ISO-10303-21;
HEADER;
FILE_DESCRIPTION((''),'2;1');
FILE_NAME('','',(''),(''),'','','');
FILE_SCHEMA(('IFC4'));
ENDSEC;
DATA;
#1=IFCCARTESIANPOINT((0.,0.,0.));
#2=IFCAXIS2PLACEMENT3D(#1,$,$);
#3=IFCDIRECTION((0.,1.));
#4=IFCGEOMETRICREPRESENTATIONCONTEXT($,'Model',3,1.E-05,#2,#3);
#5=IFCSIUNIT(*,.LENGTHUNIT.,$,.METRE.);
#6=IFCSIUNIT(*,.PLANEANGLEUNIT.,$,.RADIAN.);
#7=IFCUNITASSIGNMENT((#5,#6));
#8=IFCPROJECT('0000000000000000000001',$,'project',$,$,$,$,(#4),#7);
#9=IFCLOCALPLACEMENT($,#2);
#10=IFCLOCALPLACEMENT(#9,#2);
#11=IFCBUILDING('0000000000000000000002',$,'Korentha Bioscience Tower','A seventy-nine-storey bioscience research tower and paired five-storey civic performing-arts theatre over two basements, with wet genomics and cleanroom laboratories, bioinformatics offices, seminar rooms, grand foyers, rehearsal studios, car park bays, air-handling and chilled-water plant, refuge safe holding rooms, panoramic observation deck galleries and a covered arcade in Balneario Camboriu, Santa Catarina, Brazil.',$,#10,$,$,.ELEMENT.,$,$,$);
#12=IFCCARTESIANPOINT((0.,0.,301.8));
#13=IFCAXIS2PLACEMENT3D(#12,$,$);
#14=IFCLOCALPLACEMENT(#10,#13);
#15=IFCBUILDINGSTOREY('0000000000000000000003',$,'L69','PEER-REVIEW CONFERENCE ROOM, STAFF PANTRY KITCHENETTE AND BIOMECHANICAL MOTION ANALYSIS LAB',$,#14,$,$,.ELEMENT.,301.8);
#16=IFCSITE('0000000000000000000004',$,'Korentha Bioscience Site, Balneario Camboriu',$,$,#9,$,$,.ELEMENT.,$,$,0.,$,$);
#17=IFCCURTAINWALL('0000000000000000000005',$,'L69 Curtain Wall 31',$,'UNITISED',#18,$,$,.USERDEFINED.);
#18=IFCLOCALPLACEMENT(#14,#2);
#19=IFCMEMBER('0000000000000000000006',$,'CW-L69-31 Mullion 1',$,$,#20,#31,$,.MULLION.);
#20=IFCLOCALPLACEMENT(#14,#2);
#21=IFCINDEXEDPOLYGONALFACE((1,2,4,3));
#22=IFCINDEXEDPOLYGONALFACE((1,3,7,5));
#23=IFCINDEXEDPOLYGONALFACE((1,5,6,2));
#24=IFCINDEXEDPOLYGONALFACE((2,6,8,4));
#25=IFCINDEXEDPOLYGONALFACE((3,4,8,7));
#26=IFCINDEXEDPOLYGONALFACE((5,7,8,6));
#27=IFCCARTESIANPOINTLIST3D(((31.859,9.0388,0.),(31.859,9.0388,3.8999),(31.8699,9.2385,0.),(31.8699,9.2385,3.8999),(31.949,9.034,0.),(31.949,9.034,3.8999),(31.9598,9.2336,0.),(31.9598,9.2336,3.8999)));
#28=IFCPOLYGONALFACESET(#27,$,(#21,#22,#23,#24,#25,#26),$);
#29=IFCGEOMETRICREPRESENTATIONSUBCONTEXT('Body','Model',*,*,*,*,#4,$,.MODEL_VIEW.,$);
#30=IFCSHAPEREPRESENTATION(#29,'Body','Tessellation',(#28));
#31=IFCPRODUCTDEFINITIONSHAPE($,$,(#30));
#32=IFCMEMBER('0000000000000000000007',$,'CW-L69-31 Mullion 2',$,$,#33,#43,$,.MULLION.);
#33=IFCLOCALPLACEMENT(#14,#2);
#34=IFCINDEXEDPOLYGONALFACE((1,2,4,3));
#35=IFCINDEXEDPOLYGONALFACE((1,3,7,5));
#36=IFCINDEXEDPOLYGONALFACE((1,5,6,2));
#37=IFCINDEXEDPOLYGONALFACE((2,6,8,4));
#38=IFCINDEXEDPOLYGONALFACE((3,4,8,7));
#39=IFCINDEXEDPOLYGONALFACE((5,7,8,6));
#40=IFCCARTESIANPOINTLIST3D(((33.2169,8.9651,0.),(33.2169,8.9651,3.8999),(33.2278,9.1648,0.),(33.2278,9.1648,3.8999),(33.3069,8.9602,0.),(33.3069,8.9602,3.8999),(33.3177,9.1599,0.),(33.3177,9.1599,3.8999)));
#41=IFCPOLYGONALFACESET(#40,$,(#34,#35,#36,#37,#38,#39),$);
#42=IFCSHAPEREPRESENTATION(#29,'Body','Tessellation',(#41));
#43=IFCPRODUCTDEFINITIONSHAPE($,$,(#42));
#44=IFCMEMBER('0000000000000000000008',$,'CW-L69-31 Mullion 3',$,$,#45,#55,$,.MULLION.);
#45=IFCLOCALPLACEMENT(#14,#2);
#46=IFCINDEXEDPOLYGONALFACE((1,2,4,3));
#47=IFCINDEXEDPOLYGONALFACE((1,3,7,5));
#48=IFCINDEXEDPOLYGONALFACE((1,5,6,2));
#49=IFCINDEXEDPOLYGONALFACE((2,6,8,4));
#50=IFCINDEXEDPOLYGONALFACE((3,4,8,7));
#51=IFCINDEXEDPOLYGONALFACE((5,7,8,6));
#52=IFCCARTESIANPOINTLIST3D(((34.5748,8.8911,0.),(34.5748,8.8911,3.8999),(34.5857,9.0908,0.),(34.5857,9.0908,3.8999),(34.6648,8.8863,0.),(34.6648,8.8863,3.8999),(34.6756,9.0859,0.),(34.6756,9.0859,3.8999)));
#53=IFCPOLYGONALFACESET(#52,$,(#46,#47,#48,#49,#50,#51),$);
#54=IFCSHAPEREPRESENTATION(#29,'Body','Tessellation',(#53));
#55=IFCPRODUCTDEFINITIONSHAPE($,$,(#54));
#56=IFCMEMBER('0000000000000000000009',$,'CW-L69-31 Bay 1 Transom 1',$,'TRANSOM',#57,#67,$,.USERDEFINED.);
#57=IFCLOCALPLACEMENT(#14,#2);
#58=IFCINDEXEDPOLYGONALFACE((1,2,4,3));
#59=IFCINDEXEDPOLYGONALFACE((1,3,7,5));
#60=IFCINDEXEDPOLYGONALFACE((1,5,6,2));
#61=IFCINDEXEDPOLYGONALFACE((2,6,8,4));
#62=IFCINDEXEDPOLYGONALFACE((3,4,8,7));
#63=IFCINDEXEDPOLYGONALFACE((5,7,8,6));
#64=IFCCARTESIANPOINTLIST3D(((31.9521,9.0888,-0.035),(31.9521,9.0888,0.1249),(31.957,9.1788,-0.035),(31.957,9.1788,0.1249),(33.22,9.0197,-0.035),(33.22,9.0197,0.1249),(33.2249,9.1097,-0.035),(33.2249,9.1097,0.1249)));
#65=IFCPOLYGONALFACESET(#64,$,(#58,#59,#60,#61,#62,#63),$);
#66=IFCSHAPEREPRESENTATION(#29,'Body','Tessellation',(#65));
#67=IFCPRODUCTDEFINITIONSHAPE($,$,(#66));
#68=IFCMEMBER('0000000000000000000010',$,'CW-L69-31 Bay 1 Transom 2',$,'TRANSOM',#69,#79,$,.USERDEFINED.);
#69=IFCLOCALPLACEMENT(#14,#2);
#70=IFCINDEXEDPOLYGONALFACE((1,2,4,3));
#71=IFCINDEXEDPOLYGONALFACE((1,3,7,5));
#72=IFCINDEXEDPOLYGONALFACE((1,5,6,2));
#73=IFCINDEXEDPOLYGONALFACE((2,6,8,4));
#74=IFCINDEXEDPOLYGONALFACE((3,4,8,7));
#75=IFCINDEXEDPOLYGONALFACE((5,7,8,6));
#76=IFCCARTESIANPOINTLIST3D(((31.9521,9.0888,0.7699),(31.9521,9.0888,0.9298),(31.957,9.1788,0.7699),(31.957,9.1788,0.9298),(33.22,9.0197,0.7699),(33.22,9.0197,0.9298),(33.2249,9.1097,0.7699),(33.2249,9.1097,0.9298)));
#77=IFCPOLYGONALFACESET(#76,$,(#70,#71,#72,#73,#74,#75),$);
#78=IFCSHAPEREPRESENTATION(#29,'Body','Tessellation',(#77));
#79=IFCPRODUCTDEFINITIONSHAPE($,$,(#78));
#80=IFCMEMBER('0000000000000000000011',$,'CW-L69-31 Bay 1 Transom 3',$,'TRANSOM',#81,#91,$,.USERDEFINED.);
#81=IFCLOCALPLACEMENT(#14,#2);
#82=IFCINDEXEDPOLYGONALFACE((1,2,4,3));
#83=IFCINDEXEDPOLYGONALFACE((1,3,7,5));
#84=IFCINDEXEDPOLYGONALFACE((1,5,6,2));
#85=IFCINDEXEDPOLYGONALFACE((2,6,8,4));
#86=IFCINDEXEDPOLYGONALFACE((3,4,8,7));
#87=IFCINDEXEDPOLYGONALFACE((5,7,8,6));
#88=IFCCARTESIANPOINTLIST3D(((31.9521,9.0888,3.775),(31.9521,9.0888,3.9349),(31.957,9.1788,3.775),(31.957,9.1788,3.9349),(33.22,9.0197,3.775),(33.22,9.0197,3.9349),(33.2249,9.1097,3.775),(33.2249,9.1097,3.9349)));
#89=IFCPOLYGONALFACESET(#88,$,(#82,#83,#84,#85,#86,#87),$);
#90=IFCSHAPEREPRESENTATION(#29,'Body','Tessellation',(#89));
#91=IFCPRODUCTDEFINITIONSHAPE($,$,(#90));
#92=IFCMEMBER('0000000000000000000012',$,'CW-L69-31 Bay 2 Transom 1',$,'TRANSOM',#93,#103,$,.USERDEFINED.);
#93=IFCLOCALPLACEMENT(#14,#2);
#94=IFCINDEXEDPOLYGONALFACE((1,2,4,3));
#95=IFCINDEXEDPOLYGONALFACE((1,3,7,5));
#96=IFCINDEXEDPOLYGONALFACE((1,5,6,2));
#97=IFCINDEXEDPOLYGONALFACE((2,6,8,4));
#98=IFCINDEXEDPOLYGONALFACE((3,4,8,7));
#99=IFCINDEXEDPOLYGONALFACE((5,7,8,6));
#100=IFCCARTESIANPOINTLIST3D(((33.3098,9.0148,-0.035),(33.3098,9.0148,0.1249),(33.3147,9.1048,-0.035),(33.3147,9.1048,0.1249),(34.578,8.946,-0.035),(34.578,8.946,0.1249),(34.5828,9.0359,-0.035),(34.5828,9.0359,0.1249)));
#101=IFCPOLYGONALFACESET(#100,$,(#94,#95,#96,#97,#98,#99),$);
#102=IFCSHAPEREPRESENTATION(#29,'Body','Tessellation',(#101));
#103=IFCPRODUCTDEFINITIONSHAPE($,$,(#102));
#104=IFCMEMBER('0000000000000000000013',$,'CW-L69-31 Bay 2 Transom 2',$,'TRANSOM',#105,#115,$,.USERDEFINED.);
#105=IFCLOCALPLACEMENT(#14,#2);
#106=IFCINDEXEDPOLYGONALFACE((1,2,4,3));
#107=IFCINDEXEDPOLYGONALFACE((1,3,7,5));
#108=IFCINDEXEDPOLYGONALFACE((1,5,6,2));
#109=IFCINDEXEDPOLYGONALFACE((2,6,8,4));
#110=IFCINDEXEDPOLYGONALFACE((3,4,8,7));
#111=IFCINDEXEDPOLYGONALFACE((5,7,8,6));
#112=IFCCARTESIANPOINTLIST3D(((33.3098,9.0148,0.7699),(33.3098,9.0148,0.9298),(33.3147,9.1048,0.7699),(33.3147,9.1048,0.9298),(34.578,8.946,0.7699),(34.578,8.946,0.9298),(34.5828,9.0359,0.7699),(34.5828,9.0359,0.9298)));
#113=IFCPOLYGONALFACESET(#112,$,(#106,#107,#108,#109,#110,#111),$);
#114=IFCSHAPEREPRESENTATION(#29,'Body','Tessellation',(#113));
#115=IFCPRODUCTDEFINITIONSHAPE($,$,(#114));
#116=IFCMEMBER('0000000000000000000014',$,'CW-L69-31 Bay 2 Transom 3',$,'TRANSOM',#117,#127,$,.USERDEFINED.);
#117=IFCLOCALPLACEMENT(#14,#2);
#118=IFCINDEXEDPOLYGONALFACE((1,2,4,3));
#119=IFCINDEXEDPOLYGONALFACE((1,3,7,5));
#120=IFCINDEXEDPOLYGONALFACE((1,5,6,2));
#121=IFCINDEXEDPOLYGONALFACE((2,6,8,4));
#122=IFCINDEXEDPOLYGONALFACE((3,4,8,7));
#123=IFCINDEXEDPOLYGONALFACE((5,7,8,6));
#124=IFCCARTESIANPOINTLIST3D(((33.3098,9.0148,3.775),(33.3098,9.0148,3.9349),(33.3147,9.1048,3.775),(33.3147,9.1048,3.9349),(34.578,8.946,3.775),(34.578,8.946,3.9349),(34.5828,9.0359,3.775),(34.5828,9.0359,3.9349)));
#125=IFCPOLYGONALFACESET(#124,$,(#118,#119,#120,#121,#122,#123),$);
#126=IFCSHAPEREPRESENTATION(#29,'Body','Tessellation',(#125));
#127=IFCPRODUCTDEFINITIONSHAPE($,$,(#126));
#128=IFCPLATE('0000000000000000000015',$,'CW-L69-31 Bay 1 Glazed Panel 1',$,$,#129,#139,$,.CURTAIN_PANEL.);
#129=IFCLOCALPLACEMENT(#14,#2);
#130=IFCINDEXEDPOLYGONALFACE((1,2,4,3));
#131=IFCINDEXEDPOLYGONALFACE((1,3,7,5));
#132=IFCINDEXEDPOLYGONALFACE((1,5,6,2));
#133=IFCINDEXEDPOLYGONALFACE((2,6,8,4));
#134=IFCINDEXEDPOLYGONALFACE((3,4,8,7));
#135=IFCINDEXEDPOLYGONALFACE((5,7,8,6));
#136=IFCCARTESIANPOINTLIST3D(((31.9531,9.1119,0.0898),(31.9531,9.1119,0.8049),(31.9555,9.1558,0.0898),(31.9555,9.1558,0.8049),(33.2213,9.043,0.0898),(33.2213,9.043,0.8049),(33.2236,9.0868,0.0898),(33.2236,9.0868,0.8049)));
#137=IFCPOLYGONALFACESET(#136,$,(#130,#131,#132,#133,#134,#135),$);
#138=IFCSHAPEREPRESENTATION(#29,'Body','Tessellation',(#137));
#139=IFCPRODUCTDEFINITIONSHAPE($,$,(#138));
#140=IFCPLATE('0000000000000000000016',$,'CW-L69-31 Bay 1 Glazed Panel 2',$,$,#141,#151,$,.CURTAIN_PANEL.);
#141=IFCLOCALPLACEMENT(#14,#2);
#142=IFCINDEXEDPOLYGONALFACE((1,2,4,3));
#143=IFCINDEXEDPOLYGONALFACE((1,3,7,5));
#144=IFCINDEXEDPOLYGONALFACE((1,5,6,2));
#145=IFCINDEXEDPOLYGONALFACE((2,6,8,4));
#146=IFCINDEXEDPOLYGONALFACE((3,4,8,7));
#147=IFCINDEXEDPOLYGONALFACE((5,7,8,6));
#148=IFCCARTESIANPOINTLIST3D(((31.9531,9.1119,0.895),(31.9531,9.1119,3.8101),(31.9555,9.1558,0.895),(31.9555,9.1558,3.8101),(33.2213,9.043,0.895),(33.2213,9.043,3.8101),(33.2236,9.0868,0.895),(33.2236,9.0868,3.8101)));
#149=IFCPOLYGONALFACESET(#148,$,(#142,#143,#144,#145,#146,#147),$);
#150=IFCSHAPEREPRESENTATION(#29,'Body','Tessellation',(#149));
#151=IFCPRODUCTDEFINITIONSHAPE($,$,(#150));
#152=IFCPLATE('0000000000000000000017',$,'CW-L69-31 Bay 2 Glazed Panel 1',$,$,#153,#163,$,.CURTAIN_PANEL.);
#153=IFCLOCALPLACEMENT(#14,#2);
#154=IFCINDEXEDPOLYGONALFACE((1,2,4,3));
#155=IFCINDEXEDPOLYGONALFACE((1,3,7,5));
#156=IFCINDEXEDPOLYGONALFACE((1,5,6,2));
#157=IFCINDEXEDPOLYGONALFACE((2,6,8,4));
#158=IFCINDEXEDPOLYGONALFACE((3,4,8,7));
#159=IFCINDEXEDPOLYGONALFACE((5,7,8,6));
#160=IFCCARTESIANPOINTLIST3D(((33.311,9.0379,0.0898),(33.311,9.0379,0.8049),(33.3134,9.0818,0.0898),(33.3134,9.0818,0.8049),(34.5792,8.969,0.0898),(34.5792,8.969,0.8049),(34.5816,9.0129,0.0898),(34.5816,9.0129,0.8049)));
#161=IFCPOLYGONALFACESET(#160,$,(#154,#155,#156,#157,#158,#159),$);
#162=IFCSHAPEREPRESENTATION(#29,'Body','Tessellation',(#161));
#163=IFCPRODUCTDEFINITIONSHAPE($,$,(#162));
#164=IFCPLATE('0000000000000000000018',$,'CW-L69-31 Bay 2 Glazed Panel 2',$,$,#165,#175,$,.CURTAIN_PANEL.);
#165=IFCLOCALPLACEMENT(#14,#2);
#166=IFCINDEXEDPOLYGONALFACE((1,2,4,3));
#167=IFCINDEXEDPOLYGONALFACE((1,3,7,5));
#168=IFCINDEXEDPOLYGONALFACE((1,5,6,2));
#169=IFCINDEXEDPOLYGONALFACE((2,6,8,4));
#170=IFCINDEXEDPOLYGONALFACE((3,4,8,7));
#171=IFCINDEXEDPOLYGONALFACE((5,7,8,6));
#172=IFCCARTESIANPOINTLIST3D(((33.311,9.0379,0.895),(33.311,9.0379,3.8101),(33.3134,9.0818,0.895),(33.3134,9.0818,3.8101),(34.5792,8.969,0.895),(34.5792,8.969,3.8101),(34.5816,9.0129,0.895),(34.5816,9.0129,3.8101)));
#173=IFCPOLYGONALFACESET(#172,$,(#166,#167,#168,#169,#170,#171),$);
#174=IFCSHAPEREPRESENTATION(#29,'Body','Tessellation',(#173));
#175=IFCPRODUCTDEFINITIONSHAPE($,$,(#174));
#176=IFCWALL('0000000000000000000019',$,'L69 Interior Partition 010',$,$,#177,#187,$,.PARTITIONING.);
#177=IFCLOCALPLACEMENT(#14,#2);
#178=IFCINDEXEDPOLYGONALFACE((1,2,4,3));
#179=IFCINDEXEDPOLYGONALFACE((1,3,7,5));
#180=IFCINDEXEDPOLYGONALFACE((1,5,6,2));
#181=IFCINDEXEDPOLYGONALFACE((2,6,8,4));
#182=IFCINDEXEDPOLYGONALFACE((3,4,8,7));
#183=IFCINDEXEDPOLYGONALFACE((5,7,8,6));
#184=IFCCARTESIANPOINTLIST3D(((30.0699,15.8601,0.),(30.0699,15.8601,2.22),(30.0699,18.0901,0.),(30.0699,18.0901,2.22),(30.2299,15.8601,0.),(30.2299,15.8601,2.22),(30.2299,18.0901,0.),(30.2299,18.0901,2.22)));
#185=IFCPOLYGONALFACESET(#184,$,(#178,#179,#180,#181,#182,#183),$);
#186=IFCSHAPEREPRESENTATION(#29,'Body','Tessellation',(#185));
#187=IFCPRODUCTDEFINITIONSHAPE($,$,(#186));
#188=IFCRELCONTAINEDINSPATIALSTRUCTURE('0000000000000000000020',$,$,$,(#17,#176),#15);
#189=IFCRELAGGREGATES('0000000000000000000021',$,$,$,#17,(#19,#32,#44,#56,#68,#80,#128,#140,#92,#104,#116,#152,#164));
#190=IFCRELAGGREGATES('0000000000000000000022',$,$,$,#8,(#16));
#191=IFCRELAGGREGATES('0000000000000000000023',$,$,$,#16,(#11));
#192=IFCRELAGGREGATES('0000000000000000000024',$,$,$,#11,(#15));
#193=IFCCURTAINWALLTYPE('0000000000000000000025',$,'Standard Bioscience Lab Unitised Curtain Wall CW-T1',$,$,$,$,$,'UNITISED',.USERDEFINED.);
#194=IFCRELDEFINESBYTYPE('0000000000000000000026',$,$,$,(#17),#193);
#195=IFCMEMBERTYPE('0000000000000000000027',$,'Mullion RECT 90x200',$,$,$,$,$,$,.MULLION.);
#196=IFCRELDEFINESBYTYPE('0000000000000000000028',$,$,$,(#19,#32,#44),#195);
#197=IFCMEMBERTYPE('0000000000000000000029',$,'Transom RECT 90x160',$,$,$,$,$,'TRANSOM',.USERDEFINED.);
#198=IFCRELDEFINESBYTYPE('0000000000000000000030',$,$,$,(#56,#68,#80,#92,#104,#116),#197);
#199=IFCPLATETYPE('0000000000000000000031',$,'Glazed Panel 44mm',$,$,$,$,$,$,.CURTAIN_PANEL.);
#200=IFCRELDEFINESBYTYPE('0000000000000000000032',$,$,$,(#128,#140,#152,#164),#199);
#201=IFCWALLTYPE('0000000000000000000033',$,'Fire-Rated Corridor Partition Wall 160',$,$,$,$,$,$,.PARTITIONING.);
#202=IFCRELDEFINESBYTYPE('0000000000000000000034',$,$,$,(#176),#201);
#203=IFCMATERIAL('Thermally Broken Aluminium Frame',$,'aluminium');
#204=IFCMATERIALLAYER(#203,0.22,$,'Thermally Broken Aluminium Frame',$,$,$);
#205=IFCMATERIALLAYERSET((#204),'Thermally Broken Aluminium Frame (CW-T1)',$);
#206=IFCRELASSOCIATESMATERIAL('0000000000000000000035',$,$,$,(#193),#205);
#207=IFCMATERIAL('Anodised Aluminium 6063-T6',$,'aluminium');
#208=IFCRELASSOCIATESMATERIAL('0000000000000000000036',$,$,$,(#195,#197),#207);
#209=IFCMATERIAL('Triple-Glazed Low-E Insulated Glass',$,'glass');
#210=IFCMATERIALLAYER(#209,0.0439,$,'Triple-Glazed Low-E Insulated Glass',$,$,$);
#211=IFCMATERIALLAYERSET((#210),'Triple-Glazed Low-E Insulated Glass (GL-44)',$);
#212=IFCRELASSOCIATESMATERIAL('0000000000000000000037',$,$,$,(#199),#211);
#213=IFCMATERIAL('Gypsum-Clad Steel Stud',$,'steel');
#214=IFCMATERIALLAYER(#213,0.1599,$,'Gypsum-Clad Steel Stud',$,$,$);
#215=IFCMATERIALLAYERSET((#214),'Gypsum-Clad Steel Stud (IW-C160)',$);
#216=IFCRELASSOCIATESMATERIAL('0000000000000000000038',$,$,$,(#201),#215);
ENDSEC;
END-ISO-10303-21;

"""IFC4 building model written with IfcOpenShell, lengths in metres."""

from ifc_helpers import new_model, si_unit, direction, frame, frame_2d, origin, origin_2d, place, context, subcontext, project, spatial, rectangle, extrude, material, layer, layer_set, material_profile, profile_set, type_object, element, aggregate, save


model = new_model("IFC4")

# Units and contexts
model_context = context("Model", 3, precision=1e-05, world=origin(), true_north=direction((0.0, 1.0)))
body_context = subcontext(model_context, "Body", "Model", "MODEL_VIEW")
ifc_project = project(units=[si_unit("LENGTHUNIT", "METRE"), si_unit("PLANEANGLEUNIT", "RADIAN")], contexts=[model_context])

# Site, building, storey
site_placement = place(None, origin())
site = spatial("IfcSite", under=ifc_project, at=site_placement, Name="Korentha Bioscience Site, Balneario Camboriu", CompositionType="ELEMENT", RefElevation=0.0)
building_placement = place(site_placement, origin())
building = spatial("IfcBuilding", under=site, at=building_placement, Name="Korentha Bioscience Tower", Description="A seventy-nine-storey bioscience research tower and paired five-storey civic performing-arts theatre over two basements, with wet genomics and cleanroom laboratories, bioinformatics offices, seminar rooms, grand foyers, rehearsal studios, car park bays, air-handling and chilled-water plant, refuge safe holding rooms, panoramic observation deck galleries and a covered arcade in Balneario Camboriu, Santa Catarina, Brazil.", CompositionType="ELEMENT")
storey_placement = place(building_placement, frame((0.0, 0.0, 301.8)))
storey = spatial("IfcBuildingStorey", under=building, at=storey_placement, Name="L69", Description="PEER-REVIEW CONFERENCE ROOM, STAFF PANTRY KITCHENETTE AND BIOMECHANICAL MOTION ANALYSIS LAB", CompositionType="ELEMENT", Elevation=301.8)

# Curtain wall, members, plates
ifc_material_1 = material(Name="Thermally Broken Aluminium Frame", Category="aluminium")
ifc_layer_1 = layer(ifc_material_1, 0.22, Name="Thermally Broken Aluminium Frame")
ifc_layer_set_1 = layer_set([ifc_layer_1], Name="Thermally Broken Aluminium Frame (CW-T1)")
curtain_wall_type = type_object("IfcCurtainWallType", Name="Standard Bioscience Lab Unitised Curtain Wall CW-T1", ElementType="UNITISED", PredefinedType="USERDEFINED", material=ifc_layer_set_1)
curtain_wall_placement = place(storey_placement, origin())
curtain_wall = element("IfcCurtainWall", 1, at=curtain_wall_placement, inside=storey, type_object=curtain_wall_type, Name="L69 Curtain Wall 31", ObjectType="UNITISED", PredefinedType="USERDEFINED")
ifc_material_2 = material(Name="Anodised Aluminium 6063-T6", Category="aluminium")
ifc_material_profile_1 = material_profile(ifc_material_2, rectangle(XDim=0.0901, YDim=0.2, at=origin_2d()), Name="Anodised Aluminium 6063-T6")
ifc_profile_set_1 = profile_set([ifc_material_profile_1], Name="Anodised Aluminium 6063-T6 (CW-MUL)")
member_type_1 = type_object("IfcMemberType", Name="Mullion RECT 90x200", PredefinedType="MULLION", material=ifc_profile_set_1)
member_1_placement = place(storey_placement, frame((31.9094, 9.1362, 0.0), z_axis=(0.0, 0.0, 1.0), x_axis=(0.998526, -0.054275, 0.0)))
member_1 = element("IfcMember", 2, at=member_1_placement, type_object=member_type_1, Name="CW-L69-31 Mullion 1", PredefinedType="MULLION", context=body_context, shape_type="SweptSolid", body=[
    extrude(rectangle(XDim=0.0901, YDim=0.2, at=origin_2d()), origin(), (0.0, 0.0, 1.0), 3.8999),
])
member_2_placement = place(storey_placement, frame((33.2673, 9.0625, 0.0), z_axis=(0.0, 0.0, 1.0), x_axis=(0.998526, -0.054275, 0.0)))
member_2 = element("IfcMember", 3, at=member_2_placement, type_object=member_type_1, Name="CW-L69-31 Mullion 2", PredefinedType="MULLION", context=body_context, shape_type="SweptSolid", body=[
    extrude(rectangle(XDim=0.0901, YDim=0.2, at=origin_2d()), origin(), (0.0, 0.0, 1.0), 3.8999),
])
member_3_placement = place(storey_placement, frame((34.6252, 8.9885, 0.0), z_axis=(0.0, 0.0, 1.0), x_axis=(0.998526, -0.054275, 0.0)))
member_3 = element("IfcMember", 4, at=member_3_placement, type_object=member_type_1, Name="CW-L69-31 Mullion 3", PredefinedType="MULLION", context=body_context, shape_type="SweptSolid", body=[
    extrude(rectangle(XDim=0.0901, YDim=0.2, at=origin_2d()), origin(), (0.0, 0.0, 1.0), 3.8999),
])
ifc_material_profile_2 = material_profile(ifc_material_2, rectangle(XDim=0.0901, YDim=0.1599, at=origin_2d()), Name="Anodised Aluminium 6063-T6")
ifc_profile_set_2 = profile_set([ifc_material_profile_2], Name="Anodised Aluminium 6063-T6 (CW-TRN)")
member_type_2 = type_object("IfcMemberType", Name="Transom RECT 90x160", ElementType="TRANSOM", PredefinedType="USERDEFINED", material=ifc_profile_set_2)
member_4_placement = place(storey_placement, frame((31.9546, 9.1338, 0.0449), z_axis=(0.998518, -0.054416, 0.0), x_axis=(0.054416, 0.998518, 0.0)))
member_4 = element("IfcMember", 5, at=member_4_placement, type_object=member_type_2, Name="CW-L69-31 Bay 1 Transom 1", ObjectType="TRANSOM", PredefinedType="USERDEFINED", context=body_context, shape_type="SweptSolid", body=[
    extrude(rectangle(XDim=0.0901, YDim=0.1599, at=origin_2d()), origin(), (0.0, 0.0, 1.0), 1.2698),
])
member_5_placement = place(storey_placement, frame((31.9546, 9.1338, 0.8499), z_axis=(0.998518, -0.054416, 0.0), x_axis=(0.054416, 0.998518, 0.0)))
member_5 = element("IfcMember", 6, at=member_5_placement, type_object=member_type_2, Name="CW-L69-31 Bay 1 Transom 2", ObjectType="TRANSOM", PredefinedType="USERDEFINED", context=body_context, shape_type="SweptSolid", body=[
    extrude(rectangle(XDim=0.0901, YDim=0.1599, at=origin_2d()), origin(), (0.0, 0.0, 1.0), 1.2698),
])
member_6_placement = place(storey_placement, frame((31.9546, 9.1338, 3.855), z_axis=(0.998518, -0.054416, 0.0), x_axis=(0.054416, 0.998518, 0.0)))
member_6 = element("IfcMember", 7, at=member_6_placement, type_object=member_type_2, Name="CW-L69-31 Bay 1 Transom 3", ObjectType="TRANSOM", PredefinedType="USERDEFINED", context=body_context, shape_type="SweptSolid", body=[
    extrude(rectangle(XDim=0.0901, YDim=0.1599, at=origin_2d()), origin(), (0.0, 0.0, 1.0), 1.2698),
])
member_7_placement = place(storey_placement, frame((33.3123, 9.0598, 0.0449), z_axis=(0.998529, -0.054214, 0.0), x_axis=(0.054214, 0.998529, 0.0)))
member_7 = element("IfcMember", 8, at=member_7_placement, type_object=member_type_2, Name="CW-L69-31 Bay 2 Transom 1", ObjectType="TRANSOM", PredefinedType="USERDEFINED", context=body_context, shape_type="SweptSolid", body=[
    extrude(rectangle(XDim=0.0901, YDim=0.1599, at=origin_2d()), origin(), (0.0, 0.0, 1.0), 1.27),
])
member_8_placement = place(storey_placement, frame((33.3123, 9.0598, 0.8499), z_axis=(0.998529, -0.054214, 0.0), x_axis=(0.054214, 0.998529, 0.0)))
member_8 = element("IfcMember", 9, at=member_8_placement, type_object=member_type_2, Name="CW-L69-31 Bay 2 Transom 2", ObjectType="TRANSOM", PredefinedType="USERDEFINED", context=body_context, shape_type="SweptSolid", body=[
    extrude(rectangle(XDim=0.0901, YDim=0.1599, at=origin_2d()), origin(), (0.0, 0.0, 1.0), 1.27),
])
member_9_placement = place(storey_placement, frame((33.3123, 9.0598, 3.855), z_axis=(0.998529, -0.054214, 0.0), x_axis=(0.054214, 0.998529, 0.0)))
member_9 = element("IfcMember", 10, at=member_9_placement, type_object=member_type_2, Name="CW-L69-31 Bay 2 Transom 3", ObjectType="TRANSOM", PredefinedType="USERDEFINED", context=body_context, shape_type="SweptSolid", body=[
    extrude(rectangle(XDim=0.0901, YDim=0.1599, at=origin_2d()), origin(), (0.0, 0.0, 1.0), 1.27),
])
ifc_material_3 = material(Name="Triple-Glazed Low-E Insulated Glass", Category="glass")
ifc_layer_2 = layer(ifc_material_3, 0.0439, Name="Triple-Glazed Low-E Insulated Glass")
ifc_layer_set_2 = layer_set([ifc_layer_2], Name="Triple-Glazed Low-E Insulated Glass (GL-44)")
plate_type = type_object("IfcPlateType", Name="Glazed Panel 44mm", PredefinedType="CURTAIN_PANEL", material=ifc_layer_set_2)
plate_1_placement = place(storey_placement, frame((32.5884, 9.0994, 0.0898), z_axis=(0.0, 0.0, 1.0), x_axis=(0.998526, -0.054275, 0.0)))
plate_1 = element("IfcPlate", 11, at=plate_1_placement, type_object=plate_type, Name="CW-L69-31 Bay 1 Glazed Panel 1", PredefinedType="CURTAIN_PANEL", context=body_context, shape_type="SweptSolid", body=[
    extrude(rectangle(XDim=1.27, YDim=0.0439, at=origin_2d()), origin(), (0.0, 0.0, 1.0), 0.7151),
])
plate_2_placement = place(storey_placement, frame((32.5884, 9.0994, 0.895), z_axis=(0.0, 0.0, 1.0), x_axis=(0.998526, -0.054275, 0.0)))
plate_2 = element("IfcPlate", 12, at=plate_2_placement, type_object=plate_type, Name="CW-L69-31 Bay 1 Glazed Panel 2", PredefinedType="CURTAIN_PANEL", context=body_context, shape_type="SweptSolid", body=[
    extrude(rectangle(XDim=1.27, YDim=0.0439, at=origin_2d()), origin(), (0.0, 0.0, 1.0), 2.915),
])
plate_3_placement = place(storey_placement, frame((33.9463, 9.0254, 0.0898), z_axis=(0.0, 0.0, 1.0), x_axis=(0.998526, -0.054275, 0.0)))
plate_3 = element("IfcPlate", 13, at=plate_3_placement, type_object=plate_type, Name="CW-L69-31 Bay 2 Glazed Panel 1", PredefinedType="CURTAIN_PANEL", context=body_context, shape_type="SweptSolid", body=[
    extrude(rectangle(XDim=1.27, YDim=0.0439, at=origin_2d()), origin(), (0.0, 0.0, 1.0), 0.7151),
])
plate_4_placement = place(storey_placement, frame((33.9463, 9.0254, 0.895), z_axis=(0.0, 0.0, 1.0), x_axis=(0.998526, -0.054275, 0.0)))
plate_4 = element("IfcPlate", 14, at=plate_4_placement, type_object=plate_type, Name="CW-L69-31 Bay 2 Glazed Panel 2", PredefinedType="CURTAIN_PANEL", context=body_context, shape_type="SweptSolid", body=[
    extrude(rectangle(XDim=1.27, YDim=0.0439, at=origin_2d()), origin(), (0.0, 0.0, 1.0), 2.915),
])
aggregate(curtain_wall, [member_1, member_2, member_3, member_4, member_5, member_6, plate_1, plate_2, member_7, member_8, member_9, plate_3, plate_4])

# Shared definitions
ifc_material_4 = material(Name="Gypsum-Clad Steel Stud", Category="steel")
ifc_layer_3 = layer(ifc_material_4, 0.1599, Name="Gypsum-Clad Steel Stud")
ifc_layer_set_3 = layer_set([ifc_layer_3], Name="Gypsum-Clad Steel Stud (IW-C160)")
wall_type_1 = type_object("IfcWallType", Name="Fire-Rated Corridor Partition Wall 160", PredefinedType="PARTITIONING", material=ifc_layer_set_3)

# Wall
wall_1_placement = place(storey_placement, frame((30.1499, 15.8601, 0.0), z_axis=(0.0, 0.0, 1.0), x_axis=(0.0, 1.0, 0.0)))
element("IfcWall", 15, at=wall_1_placement, inside=storey, type_object=wall_type_1, Name="L69 Interior Partition 010", PredefinedType="PARTITIONING", context=body_context, shape_type="SweptSolid", body=[
    extrude(rectangle(XDim=2.23, YDim=0.1599, at=frame_2d((1.115, 0.0))), origin(), (0.0, 0.0, 1.0), 2.22),
])

save(model, "model.ifc")
